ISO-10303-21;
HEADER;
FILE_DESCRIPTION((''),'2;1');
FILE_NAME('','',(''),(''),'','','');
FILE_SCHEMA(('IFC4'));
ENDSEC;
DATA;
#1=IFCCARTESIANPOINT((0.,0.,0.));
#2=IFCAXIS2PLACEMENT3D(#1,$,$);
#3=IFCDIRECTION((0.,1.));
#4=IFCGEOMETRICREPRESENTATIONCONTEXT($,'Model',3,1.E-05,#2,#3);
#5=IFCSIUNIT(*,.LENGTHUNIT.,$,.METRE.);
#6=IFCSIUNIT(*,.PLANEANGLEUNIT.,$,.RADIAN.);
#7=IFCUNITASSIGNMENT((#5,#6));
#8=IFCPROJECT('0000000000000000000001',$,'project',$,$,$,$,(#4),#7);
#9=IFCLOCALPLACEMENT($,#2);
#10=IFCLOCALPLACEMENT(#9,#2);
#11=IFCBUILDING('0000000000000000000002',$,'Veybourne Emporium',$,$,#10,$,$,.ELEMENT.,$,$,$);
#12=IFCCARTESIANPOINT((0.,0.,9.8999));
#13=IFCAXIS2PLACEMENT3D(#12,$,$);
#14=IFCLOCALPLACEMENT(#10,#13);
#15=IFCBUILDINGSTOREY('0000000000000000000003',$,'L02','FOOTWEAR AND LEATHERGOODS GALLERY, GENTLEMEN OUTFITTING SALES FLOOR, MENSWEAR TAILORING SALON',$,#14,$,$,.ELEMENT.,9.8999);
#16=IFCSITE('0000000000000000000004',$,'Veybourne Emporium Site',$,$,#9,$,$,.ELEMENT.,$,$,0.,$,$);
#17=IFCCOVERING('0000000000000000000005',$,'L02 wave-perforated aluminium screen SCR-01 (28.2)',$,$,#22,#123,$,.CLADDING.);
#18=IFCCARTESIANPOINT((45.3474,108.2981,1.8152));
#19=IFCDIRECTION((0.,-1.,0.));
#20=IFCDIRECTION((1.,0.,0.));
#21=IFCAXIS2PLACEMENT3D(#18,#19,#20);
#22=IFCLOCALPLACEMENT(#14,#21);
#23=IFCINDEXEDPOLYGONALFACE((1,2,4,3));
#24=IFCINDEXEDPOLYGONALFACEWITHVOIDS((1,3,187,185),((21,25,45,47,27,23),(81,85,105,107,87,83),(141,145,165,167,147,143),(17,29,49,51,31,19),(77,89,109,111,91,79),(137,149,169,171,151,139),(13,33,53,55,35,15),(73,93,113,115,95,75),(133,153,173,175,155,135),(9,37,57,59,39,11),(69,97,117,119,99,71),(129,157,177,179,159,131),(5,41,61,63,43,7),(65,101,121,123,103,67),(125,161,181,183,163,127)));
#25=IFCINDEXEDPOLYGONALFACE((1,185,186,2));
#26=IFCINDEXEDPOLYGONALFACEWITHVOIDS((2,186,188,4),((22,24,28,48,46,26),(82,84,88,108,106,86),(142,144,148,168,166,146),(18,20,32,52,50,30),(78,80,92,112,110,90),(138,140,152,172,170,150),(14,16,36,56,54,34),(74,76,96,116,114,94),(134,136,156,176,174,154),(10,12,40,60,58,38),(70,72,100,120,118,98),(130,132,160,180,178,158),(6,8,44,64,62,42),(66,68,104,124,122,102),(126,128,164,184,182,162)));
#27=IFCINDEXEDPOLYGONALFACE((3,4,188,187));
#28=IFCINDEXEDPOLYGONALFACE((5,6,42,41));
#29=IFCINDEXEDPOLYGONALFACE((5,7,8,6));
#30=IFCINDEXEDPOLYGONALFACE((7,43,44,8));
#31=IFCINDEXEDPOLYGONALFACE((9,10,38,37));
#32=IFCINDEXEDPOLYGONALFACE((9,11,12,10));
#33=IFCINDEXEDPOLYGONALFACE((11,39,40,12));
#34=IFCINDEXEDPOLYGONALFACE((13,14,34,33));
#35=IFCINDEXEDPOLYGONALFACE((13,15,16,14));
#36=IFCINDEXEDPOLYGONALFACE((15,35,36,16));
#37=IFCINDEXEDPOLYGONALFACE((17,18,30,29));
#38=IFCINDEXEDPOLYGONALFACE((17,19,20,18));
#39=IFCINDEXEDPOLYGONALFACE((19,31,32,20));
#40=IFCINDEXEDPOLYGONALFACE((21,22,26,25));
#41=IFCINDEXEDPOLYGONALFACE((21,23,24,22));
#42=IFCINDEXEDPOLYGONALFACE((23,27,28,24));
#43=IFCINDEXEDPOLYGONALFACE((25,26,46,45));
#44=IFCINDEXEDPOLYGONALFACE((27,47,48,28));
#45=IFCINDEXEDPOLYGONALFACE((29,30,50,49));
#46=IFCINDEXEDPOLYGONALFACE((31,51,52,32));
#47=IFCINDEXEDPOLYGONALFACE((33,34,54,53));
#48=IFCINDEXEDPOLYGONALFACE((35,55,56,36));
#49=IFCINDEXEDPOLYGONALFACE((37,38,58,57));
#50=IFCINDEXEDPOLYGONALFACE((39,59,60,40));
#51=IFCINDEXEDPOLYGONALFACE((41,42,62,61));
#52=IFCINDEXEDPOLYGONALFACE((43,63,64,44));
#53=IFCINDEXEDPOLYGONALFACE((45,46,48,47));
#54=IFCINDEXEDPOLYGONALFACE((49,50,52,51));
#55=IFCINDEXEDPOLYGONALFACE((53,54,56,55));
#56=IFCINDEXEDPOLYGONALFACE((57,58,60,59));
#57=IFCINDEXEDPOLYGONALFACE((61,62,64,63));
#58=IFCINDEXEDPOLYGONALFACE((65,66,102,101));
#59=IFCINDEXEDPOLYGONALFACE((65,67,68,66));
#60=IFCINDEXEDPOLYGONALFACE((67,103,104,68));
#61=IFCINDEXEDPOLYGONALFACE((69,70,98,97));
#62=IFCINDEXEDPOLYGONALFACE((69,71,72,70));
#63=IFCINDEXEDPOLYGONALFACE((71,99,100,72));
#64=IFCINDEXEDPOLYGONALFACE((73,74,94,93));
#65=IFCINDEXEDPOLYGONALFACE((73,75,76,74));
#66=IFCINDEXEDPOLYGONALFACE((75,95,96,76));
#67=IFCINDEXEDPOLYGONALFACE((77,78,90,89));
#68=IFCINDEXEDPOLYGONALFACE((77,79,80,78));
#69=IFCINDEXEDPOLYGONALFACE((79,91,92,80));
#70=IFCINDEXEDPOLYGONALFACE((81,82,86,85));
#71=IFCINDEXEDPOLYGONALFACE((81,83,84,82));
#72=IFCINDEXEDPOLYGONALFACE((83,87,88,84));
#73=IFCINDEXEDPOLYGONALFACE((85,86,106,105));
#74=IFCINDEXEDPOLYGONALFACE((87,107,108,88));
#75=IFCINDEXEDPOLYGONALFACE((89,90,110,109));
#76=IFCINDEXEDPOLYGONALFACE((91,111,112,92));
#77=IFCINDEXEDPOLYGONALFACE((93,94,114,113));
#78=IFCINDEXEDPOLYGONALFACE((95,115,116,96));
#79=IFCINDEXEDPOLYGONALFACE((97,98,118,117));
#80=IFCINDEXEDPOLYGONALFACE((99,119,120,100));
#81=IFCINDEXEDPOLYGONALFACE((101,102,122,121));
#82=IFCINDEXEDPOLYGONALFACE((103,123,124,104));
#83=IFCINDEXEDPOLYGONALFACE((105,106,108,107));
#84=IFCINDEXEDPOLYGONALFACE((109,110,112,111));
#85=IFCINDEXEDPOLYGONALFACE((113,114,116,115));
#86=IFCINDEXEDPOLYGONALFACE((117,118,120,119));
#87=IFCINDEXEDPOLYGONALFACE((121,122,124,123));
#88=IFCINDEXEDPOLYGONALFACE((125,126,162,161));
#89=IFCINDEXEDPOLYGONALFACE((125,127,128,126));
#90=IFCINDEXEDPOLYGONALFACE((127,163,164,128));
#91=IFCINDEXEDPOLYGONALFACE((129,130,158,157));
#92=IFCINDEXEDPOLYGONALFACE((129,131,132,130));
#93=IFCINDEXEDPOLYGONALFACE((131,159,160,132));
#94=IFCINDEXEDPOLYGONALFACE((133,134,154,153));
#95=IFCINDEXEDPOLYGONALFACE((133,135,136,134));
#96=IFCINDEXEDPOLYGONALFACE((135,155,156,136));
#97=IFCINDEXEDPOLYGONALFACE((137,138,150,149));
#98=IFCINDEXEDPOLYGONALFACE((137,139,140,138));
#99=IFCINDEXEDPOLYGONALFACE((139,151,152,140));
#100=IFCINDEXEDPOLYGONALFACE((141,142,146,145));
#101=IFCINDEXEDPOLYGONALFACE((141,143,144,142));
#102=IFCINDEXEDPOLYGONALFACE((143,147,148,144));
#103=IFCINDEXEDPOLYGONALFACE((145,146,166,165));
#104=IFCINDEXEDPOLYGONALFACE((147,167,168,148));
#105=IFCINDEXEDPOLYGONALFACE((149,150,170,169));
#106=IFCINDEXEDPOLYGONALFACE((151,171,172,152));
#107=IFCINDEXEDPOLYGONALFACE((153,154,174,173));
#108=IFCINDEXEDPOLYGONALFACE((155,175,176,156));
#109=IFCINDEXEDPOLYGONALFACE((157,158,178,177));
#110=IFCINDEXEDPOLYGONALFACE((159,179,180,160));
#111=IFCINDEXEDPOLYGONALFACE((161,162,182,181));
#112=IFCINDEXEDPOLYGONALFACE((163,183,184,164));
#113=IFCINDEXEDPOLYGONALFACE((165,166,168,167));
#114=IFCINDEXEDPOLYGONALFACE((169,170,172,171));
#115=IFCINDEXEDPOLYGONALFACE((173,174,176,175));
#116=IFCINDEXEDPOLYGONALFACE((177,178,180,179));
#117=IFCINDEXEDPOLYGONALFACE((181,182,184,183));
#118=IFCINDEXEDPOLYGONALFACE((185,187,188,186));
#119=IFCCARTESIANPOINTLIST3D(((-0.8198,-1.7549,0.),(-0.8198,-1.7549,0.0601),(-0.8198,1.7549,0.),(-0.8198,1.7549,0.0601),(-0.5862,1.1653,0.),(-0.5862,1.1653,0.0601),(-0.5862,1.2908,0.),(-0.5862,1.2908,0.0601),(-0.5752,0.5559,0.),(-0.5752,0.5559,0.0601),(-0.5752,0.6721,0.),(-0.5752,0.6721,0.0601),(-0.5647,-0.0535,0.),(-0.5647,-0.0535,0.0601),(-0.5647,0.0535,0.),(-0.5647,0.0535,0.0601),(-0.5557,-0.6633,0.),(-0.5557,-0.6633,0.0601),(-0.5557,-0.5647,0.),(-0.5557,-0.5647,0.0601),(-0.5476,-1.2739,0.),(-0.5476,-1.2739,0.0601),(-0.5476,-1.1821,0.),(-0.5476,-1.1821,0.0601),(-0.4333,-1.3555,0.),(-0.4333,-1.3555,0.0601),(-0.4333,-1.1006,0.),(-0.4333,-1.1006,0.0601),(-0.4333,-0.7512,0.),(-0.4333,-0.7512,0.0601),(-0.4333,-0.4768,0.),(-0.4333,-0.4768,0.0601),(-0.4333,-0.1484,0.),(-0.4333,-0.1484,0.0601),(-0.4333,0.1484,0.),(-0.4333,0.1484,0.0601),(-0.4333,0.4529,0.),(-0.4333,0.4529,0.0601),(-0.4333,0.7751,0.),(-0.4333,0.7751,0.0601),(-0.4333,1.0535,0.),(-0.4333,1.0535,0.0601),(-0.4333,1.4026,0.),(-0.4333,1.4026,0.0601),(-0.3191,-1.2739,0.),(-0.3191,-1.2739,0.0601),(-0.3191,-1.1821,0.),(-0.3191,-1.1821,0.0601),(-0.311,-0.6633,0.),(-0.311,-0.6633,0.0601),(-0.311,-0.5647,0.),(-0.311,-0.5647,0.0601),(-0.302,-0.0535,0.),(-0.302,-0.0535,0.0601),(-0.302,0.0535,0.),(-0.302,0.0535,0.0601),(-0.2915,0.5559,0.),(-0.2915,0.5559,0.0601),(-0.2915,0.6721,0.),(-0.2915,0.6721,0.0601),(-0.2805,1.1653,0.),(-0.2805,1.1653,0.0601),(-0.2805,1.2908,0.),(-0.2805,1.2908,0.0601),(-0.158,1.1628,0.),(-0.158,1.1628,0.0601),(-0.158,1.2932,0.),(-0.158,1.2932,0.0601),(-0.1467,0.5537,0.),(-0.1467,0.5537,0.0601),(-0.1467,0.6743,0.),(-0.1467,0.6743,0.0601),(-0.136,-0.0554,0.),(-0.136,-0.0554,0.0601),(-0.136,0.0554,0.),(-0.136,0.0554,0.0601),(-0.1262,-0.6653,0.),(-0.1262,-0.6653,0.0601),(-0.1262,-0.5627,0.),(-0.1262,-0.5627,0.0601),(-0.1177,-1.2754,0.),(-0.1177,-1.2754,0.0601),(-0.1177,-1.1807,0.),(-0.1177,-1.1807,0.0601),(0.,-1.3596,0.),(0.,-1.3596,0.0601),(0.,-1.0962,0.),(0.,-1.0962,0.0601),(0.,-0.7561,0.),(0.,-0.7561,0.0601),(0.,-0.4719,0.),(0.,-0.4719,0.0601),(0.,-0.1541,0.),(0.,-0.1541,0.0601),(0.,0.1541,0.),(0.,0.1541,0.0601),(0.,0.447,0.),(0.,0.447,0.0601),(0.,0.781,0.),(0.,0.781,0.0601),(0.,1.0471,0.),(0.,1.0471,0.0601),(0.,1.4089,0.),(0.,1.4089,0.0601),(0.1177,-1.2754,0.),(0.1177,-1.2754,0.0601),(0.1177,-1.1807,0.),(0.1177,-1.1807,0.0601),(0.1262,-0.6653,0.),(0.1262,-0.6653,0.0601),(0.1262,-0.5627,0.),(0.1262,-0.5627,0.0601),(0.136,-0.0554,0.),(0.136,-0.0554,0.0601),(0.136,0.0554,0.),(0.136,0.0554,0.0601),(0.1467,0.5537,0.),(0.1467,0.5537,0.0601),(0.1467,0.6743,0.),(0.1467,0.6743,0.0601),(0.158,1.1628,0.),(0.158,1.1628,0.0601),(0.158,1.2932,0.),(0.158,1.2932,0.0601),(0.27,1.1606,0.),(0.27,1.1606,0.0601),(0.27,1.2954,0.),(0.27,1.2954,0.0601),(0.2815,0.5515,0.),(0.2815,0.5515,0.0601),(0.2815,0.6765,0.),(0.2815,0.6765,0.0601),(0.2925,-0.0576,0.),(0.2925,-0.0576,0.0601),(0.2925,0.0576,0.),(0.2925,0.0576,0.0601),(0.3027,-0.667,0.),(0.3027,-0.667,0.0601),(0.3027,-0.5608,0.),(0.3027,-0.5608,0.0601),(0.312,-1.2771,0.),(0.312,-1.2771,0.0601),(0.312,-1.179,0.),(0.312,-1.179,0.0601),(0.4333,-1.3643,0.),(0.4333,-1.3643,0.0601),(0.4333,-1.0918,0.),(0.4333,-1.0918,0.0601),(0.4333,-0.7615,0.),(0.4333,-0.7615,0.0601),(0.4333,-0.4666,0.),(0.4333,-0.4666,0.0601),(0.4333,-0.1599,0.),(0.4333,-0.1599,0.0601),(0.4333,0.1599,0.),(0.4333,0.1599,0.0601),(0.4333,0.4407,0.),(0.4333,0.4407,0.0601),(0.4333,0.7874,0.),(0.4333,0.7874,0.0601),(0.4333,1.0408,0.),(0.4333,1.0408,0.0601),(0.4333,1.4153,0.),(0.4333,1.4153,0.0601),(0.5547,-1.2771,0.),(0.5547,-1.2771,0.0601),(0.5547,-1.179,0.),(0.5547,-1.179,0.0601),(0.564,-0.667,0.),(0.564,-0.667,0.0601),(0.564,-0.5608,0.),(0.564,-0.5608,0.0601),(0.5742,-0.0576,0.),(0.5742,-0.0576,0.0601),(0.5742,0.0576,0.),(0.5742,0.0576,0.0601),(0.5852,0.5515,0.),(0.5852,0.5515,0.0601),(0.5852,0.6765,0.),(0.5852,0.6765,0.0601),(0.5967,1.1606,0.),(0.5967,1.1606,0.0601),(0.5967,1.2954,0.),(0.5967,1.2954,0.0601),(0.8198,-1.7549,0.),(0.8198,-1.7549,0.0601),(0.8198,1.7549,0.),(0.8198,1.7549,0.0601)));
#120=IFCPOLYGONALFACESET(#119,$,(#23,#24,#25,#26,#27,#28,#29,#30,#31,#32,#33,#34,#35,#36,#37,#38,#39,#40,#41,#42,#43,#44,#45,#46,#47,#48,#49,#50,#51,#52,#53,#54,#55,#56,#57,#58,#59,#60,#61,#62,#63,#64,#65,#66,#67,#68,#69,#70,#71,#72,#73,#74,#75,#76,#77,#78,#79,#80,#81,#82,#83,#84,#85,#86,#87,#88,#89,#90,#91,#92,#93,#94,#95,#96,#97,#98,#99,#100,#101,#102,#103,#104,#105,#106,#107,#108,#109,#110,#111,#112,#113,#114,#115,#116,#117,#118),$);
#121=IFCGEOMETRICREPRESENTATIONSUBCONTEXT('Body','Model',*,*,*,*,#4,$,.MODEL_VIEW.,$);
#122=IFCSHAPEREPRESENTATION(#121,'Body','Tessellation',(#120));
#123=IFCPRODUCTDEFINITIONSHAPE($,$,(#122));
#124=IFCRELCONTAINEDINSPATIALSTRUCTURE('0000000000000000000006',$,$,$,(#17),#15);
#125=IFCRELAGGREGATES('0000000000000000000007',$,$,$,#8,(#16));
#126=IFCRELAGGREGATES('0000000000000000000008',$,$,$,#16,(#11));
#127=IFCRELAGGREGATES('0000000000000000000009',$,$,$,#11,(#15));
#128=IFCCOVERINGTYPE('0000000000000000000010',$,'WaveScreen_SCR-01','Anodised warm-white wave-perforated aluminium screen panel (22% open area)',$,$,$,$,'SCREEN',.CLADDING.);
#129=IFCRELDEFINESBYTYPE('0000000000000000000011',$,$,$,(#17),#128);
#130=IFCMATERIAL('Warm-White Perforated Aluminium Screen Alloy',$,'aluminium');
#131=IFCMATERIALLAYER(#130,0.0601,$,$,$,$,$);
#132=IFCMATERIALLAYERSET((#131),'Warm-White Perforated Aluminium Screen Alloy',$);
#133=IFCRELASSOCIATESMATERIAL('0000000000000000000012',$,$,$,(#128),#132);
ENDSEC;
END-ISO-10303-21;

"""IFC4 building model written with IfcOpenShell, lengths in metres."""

from ifc_helpers import new_model, si_unit, direction, frame, origin, place, context, subcontext, project, spatial, polyline, outline, extrude, material, layer, layer_set, type_object, element, save


model = new_model("IFC4")

# Units and contexts
model_context = context("Model", 3, precision=1e-05, world=origin(), true_north=direction((0.0, 1.0)))
body_context = subcontext(model_context, "Body", "Model", "MODEL_VIEW")
ifc_project = project(units=[si_unit("LENGTHUNIT", "METRE"), si_unit("PLANEANGLEUNIT", "RADIAN")], contexts=[model_context])

# Site, building, storey
site_placement = place(None, origin())
site = spatial("IfcSite", under=ifc_project, at=site_placement, Name="Veybourne Emporium Site", CompositionType="ELEMENT", RefElevation=0.0)
building_placement = place(site_placement, origin())
building = spatial("IfcBuilding", under=site, at=building_placement, Name="Veybourne Emporium", CompositionType="ELEMENT")
storey_placement = place(building_placement, frame((0.0, 0.0, 9.8999)))
storey = spatial("IfcBuildingStorey", under=building, at=storey_placement, Name="L02", Description="FOOTWEAR AND LEATHERGOODS GALLERY, GENTLEMEN OUTFITTING SALES FLOOR, MENSWEAR TAILORING SALON", CompositionType="ELEMENT", Elevation=9.8999)

# Covering
ifc_material_1 = material(Name="Warm-White Perforated Aluminium Screen Alloy", Category="aluminium")
ifc_layer_1 = layer(ifc_material_1, 0.0601)
ifc_layer_set_1 = layer_set([ifc_layer_1], Name="Warm-White Perforated Aluminium Screen Alloy")
covering_type_1 = type_object("IfcCoveringType", Name="WaveScreen_SCR-01", Description="Anodised warm-white wave-perforated aluminium screen panel (22% open area)", ElementType="SCREEN", PredefinedType="CLADDING", material=ifc_layer_set_1)
covering_1_placement = place(storey_placement, frame((45.3474, 108.2981, 1.8152), z_axis=(0.0, -1.0, 0.0), x_axis=(1.0, 0.0, 0.0)))
element("IfcCovering", 1, at=covering_1_placement, inside=storey, type_object=covering_type_1, Name="L02 wave-perforated aluminium screen SCR-01 (28.2)", PredefinedType="CLADDING", context=body_context, shape_type="SweptSolid", body=[
    extrude(outline(polyline([(-0.8198, -1.7549), (0.8198, -1.7549), (0.8198, 1.7549), (-0.8198, 1.7549), (-0.8198, -1.7549)]), holes=[polyline([(-0.4333, -1.1006), (-0.3191, -1.1821), (-0.3191, -1.2739), (-0.4333, -1.3555), (-0.5476, -1.2739), (-0.5476, -1.1821), (-0.4333, -1.1006)]), polyline([(-0.4333, -0.4768), (-0.311, -0.5647), (-0.311, -0.6633), (-0.4333, -0.7512), (-0.5557, -0.6633), (-0.5557, -0.5647), (-0.4333, -0.4768)]), polyline([(-0.4333, 0.1484), (-0.302, 0.0535), (-0.302, -0.0535), (-0.4333, -0.1484), (-0.5647, -0.0535), (-0.5647, 0.0535), (-0.4333, 0.1484)]), polyline([(-0.4333, 0.7751), (-0.2915, 0.6721), (-0.2915, 0.5559), (-0.4333, 0.4529), (-0.5752, 0.5559), (-0.5752, 0.6721), (-0.4333, 0.7751)]), polyline([(-0.4333, 1.4026), (-0.2805, 1.2908), (-0.2805, 1.1653), (-0.4333, 1.0535), (-0.5862, 1.1653), (-0.5862, 1.2908), (-0.4333, 1.4026)]), polyline([(0.0, -1.0962), (0.1177, -1.1807), (0.1177, -1.2754), (0.0, -1.3596), (-0.1177, -1.2754), (-0.1177, -1.1807), (0.0, -1.0962)]), polyline([(0.0, -0.4719), (0.1262, -0.5627), (0.1262, -0.6653), (0.0, -0.7561), (-0.1262, -0.6653), (-0.1262, -0.5627), (0.0, -0.4719)]), polyline([(0.0, 0.1541), (0.136, 0.0554), (0.136, -0.0554), (0.0, -0.1541), (-0.136, -0.0554), (-0.136, 0.0554), (0.0, 0.1541)]), polyline([(0.0, 0.781), (0.1467, 0.6743), (0.1467, 0.5537), (0.0, 0.447), (-0.1467, 0.5537), (-0.1467, 0.6743), (0.0, 0.781)]), polyline([(0.0, 1.4089), (0.158, 1.2932), (0.158, 1.1628), (0.0, 1.0471), (-0.158, 1.1628), (-0.158, 1.2932), (0.0, 1.4089)]), polyline([(0.4333, -1.0918), (0.5547, -1.179), (0.5547, -1.2771), (0.4333, -1.3643), (0.312, -1.2771), (0.312, -1.179), (0.4333, -1.0918)]), polyline([(0.4333, -0.4666), (0.564, -0.5608), (0.564, -0.667), (0.4333, -0.7615), (0.3027, -0.667), (0.3027, -0.5608), (0.4333, -0.4666)]), polyline([(0.4333, 0.1599), (0.5742, 0.0576), (0.5742, -0.0576), (0.4333, -0.1599), (0.2925, -0.0576), (0.2925, 0.0576), (0.4333, 0.1599)]), polyline([(0.4333, 0.7874), (0.5852, 0.6765), (0.5852, 0.5515), (0.4333, 0.4407), (0.2815, 0.5515), (0.2815, 0.6765), (0.4333, 0.7874)]), polyline([(0.4333, 1.4153), (0.5967, 1.2954), (0.5967, 1.1606), (0.4333, 1.0408), (0.27, 1.1606), (0.27, 1.2954), (0.4333, 1.4153)])]), origin(), (0.0, 0.0, 1.0), 0.0601),
])

save(model, "model.ifc")
